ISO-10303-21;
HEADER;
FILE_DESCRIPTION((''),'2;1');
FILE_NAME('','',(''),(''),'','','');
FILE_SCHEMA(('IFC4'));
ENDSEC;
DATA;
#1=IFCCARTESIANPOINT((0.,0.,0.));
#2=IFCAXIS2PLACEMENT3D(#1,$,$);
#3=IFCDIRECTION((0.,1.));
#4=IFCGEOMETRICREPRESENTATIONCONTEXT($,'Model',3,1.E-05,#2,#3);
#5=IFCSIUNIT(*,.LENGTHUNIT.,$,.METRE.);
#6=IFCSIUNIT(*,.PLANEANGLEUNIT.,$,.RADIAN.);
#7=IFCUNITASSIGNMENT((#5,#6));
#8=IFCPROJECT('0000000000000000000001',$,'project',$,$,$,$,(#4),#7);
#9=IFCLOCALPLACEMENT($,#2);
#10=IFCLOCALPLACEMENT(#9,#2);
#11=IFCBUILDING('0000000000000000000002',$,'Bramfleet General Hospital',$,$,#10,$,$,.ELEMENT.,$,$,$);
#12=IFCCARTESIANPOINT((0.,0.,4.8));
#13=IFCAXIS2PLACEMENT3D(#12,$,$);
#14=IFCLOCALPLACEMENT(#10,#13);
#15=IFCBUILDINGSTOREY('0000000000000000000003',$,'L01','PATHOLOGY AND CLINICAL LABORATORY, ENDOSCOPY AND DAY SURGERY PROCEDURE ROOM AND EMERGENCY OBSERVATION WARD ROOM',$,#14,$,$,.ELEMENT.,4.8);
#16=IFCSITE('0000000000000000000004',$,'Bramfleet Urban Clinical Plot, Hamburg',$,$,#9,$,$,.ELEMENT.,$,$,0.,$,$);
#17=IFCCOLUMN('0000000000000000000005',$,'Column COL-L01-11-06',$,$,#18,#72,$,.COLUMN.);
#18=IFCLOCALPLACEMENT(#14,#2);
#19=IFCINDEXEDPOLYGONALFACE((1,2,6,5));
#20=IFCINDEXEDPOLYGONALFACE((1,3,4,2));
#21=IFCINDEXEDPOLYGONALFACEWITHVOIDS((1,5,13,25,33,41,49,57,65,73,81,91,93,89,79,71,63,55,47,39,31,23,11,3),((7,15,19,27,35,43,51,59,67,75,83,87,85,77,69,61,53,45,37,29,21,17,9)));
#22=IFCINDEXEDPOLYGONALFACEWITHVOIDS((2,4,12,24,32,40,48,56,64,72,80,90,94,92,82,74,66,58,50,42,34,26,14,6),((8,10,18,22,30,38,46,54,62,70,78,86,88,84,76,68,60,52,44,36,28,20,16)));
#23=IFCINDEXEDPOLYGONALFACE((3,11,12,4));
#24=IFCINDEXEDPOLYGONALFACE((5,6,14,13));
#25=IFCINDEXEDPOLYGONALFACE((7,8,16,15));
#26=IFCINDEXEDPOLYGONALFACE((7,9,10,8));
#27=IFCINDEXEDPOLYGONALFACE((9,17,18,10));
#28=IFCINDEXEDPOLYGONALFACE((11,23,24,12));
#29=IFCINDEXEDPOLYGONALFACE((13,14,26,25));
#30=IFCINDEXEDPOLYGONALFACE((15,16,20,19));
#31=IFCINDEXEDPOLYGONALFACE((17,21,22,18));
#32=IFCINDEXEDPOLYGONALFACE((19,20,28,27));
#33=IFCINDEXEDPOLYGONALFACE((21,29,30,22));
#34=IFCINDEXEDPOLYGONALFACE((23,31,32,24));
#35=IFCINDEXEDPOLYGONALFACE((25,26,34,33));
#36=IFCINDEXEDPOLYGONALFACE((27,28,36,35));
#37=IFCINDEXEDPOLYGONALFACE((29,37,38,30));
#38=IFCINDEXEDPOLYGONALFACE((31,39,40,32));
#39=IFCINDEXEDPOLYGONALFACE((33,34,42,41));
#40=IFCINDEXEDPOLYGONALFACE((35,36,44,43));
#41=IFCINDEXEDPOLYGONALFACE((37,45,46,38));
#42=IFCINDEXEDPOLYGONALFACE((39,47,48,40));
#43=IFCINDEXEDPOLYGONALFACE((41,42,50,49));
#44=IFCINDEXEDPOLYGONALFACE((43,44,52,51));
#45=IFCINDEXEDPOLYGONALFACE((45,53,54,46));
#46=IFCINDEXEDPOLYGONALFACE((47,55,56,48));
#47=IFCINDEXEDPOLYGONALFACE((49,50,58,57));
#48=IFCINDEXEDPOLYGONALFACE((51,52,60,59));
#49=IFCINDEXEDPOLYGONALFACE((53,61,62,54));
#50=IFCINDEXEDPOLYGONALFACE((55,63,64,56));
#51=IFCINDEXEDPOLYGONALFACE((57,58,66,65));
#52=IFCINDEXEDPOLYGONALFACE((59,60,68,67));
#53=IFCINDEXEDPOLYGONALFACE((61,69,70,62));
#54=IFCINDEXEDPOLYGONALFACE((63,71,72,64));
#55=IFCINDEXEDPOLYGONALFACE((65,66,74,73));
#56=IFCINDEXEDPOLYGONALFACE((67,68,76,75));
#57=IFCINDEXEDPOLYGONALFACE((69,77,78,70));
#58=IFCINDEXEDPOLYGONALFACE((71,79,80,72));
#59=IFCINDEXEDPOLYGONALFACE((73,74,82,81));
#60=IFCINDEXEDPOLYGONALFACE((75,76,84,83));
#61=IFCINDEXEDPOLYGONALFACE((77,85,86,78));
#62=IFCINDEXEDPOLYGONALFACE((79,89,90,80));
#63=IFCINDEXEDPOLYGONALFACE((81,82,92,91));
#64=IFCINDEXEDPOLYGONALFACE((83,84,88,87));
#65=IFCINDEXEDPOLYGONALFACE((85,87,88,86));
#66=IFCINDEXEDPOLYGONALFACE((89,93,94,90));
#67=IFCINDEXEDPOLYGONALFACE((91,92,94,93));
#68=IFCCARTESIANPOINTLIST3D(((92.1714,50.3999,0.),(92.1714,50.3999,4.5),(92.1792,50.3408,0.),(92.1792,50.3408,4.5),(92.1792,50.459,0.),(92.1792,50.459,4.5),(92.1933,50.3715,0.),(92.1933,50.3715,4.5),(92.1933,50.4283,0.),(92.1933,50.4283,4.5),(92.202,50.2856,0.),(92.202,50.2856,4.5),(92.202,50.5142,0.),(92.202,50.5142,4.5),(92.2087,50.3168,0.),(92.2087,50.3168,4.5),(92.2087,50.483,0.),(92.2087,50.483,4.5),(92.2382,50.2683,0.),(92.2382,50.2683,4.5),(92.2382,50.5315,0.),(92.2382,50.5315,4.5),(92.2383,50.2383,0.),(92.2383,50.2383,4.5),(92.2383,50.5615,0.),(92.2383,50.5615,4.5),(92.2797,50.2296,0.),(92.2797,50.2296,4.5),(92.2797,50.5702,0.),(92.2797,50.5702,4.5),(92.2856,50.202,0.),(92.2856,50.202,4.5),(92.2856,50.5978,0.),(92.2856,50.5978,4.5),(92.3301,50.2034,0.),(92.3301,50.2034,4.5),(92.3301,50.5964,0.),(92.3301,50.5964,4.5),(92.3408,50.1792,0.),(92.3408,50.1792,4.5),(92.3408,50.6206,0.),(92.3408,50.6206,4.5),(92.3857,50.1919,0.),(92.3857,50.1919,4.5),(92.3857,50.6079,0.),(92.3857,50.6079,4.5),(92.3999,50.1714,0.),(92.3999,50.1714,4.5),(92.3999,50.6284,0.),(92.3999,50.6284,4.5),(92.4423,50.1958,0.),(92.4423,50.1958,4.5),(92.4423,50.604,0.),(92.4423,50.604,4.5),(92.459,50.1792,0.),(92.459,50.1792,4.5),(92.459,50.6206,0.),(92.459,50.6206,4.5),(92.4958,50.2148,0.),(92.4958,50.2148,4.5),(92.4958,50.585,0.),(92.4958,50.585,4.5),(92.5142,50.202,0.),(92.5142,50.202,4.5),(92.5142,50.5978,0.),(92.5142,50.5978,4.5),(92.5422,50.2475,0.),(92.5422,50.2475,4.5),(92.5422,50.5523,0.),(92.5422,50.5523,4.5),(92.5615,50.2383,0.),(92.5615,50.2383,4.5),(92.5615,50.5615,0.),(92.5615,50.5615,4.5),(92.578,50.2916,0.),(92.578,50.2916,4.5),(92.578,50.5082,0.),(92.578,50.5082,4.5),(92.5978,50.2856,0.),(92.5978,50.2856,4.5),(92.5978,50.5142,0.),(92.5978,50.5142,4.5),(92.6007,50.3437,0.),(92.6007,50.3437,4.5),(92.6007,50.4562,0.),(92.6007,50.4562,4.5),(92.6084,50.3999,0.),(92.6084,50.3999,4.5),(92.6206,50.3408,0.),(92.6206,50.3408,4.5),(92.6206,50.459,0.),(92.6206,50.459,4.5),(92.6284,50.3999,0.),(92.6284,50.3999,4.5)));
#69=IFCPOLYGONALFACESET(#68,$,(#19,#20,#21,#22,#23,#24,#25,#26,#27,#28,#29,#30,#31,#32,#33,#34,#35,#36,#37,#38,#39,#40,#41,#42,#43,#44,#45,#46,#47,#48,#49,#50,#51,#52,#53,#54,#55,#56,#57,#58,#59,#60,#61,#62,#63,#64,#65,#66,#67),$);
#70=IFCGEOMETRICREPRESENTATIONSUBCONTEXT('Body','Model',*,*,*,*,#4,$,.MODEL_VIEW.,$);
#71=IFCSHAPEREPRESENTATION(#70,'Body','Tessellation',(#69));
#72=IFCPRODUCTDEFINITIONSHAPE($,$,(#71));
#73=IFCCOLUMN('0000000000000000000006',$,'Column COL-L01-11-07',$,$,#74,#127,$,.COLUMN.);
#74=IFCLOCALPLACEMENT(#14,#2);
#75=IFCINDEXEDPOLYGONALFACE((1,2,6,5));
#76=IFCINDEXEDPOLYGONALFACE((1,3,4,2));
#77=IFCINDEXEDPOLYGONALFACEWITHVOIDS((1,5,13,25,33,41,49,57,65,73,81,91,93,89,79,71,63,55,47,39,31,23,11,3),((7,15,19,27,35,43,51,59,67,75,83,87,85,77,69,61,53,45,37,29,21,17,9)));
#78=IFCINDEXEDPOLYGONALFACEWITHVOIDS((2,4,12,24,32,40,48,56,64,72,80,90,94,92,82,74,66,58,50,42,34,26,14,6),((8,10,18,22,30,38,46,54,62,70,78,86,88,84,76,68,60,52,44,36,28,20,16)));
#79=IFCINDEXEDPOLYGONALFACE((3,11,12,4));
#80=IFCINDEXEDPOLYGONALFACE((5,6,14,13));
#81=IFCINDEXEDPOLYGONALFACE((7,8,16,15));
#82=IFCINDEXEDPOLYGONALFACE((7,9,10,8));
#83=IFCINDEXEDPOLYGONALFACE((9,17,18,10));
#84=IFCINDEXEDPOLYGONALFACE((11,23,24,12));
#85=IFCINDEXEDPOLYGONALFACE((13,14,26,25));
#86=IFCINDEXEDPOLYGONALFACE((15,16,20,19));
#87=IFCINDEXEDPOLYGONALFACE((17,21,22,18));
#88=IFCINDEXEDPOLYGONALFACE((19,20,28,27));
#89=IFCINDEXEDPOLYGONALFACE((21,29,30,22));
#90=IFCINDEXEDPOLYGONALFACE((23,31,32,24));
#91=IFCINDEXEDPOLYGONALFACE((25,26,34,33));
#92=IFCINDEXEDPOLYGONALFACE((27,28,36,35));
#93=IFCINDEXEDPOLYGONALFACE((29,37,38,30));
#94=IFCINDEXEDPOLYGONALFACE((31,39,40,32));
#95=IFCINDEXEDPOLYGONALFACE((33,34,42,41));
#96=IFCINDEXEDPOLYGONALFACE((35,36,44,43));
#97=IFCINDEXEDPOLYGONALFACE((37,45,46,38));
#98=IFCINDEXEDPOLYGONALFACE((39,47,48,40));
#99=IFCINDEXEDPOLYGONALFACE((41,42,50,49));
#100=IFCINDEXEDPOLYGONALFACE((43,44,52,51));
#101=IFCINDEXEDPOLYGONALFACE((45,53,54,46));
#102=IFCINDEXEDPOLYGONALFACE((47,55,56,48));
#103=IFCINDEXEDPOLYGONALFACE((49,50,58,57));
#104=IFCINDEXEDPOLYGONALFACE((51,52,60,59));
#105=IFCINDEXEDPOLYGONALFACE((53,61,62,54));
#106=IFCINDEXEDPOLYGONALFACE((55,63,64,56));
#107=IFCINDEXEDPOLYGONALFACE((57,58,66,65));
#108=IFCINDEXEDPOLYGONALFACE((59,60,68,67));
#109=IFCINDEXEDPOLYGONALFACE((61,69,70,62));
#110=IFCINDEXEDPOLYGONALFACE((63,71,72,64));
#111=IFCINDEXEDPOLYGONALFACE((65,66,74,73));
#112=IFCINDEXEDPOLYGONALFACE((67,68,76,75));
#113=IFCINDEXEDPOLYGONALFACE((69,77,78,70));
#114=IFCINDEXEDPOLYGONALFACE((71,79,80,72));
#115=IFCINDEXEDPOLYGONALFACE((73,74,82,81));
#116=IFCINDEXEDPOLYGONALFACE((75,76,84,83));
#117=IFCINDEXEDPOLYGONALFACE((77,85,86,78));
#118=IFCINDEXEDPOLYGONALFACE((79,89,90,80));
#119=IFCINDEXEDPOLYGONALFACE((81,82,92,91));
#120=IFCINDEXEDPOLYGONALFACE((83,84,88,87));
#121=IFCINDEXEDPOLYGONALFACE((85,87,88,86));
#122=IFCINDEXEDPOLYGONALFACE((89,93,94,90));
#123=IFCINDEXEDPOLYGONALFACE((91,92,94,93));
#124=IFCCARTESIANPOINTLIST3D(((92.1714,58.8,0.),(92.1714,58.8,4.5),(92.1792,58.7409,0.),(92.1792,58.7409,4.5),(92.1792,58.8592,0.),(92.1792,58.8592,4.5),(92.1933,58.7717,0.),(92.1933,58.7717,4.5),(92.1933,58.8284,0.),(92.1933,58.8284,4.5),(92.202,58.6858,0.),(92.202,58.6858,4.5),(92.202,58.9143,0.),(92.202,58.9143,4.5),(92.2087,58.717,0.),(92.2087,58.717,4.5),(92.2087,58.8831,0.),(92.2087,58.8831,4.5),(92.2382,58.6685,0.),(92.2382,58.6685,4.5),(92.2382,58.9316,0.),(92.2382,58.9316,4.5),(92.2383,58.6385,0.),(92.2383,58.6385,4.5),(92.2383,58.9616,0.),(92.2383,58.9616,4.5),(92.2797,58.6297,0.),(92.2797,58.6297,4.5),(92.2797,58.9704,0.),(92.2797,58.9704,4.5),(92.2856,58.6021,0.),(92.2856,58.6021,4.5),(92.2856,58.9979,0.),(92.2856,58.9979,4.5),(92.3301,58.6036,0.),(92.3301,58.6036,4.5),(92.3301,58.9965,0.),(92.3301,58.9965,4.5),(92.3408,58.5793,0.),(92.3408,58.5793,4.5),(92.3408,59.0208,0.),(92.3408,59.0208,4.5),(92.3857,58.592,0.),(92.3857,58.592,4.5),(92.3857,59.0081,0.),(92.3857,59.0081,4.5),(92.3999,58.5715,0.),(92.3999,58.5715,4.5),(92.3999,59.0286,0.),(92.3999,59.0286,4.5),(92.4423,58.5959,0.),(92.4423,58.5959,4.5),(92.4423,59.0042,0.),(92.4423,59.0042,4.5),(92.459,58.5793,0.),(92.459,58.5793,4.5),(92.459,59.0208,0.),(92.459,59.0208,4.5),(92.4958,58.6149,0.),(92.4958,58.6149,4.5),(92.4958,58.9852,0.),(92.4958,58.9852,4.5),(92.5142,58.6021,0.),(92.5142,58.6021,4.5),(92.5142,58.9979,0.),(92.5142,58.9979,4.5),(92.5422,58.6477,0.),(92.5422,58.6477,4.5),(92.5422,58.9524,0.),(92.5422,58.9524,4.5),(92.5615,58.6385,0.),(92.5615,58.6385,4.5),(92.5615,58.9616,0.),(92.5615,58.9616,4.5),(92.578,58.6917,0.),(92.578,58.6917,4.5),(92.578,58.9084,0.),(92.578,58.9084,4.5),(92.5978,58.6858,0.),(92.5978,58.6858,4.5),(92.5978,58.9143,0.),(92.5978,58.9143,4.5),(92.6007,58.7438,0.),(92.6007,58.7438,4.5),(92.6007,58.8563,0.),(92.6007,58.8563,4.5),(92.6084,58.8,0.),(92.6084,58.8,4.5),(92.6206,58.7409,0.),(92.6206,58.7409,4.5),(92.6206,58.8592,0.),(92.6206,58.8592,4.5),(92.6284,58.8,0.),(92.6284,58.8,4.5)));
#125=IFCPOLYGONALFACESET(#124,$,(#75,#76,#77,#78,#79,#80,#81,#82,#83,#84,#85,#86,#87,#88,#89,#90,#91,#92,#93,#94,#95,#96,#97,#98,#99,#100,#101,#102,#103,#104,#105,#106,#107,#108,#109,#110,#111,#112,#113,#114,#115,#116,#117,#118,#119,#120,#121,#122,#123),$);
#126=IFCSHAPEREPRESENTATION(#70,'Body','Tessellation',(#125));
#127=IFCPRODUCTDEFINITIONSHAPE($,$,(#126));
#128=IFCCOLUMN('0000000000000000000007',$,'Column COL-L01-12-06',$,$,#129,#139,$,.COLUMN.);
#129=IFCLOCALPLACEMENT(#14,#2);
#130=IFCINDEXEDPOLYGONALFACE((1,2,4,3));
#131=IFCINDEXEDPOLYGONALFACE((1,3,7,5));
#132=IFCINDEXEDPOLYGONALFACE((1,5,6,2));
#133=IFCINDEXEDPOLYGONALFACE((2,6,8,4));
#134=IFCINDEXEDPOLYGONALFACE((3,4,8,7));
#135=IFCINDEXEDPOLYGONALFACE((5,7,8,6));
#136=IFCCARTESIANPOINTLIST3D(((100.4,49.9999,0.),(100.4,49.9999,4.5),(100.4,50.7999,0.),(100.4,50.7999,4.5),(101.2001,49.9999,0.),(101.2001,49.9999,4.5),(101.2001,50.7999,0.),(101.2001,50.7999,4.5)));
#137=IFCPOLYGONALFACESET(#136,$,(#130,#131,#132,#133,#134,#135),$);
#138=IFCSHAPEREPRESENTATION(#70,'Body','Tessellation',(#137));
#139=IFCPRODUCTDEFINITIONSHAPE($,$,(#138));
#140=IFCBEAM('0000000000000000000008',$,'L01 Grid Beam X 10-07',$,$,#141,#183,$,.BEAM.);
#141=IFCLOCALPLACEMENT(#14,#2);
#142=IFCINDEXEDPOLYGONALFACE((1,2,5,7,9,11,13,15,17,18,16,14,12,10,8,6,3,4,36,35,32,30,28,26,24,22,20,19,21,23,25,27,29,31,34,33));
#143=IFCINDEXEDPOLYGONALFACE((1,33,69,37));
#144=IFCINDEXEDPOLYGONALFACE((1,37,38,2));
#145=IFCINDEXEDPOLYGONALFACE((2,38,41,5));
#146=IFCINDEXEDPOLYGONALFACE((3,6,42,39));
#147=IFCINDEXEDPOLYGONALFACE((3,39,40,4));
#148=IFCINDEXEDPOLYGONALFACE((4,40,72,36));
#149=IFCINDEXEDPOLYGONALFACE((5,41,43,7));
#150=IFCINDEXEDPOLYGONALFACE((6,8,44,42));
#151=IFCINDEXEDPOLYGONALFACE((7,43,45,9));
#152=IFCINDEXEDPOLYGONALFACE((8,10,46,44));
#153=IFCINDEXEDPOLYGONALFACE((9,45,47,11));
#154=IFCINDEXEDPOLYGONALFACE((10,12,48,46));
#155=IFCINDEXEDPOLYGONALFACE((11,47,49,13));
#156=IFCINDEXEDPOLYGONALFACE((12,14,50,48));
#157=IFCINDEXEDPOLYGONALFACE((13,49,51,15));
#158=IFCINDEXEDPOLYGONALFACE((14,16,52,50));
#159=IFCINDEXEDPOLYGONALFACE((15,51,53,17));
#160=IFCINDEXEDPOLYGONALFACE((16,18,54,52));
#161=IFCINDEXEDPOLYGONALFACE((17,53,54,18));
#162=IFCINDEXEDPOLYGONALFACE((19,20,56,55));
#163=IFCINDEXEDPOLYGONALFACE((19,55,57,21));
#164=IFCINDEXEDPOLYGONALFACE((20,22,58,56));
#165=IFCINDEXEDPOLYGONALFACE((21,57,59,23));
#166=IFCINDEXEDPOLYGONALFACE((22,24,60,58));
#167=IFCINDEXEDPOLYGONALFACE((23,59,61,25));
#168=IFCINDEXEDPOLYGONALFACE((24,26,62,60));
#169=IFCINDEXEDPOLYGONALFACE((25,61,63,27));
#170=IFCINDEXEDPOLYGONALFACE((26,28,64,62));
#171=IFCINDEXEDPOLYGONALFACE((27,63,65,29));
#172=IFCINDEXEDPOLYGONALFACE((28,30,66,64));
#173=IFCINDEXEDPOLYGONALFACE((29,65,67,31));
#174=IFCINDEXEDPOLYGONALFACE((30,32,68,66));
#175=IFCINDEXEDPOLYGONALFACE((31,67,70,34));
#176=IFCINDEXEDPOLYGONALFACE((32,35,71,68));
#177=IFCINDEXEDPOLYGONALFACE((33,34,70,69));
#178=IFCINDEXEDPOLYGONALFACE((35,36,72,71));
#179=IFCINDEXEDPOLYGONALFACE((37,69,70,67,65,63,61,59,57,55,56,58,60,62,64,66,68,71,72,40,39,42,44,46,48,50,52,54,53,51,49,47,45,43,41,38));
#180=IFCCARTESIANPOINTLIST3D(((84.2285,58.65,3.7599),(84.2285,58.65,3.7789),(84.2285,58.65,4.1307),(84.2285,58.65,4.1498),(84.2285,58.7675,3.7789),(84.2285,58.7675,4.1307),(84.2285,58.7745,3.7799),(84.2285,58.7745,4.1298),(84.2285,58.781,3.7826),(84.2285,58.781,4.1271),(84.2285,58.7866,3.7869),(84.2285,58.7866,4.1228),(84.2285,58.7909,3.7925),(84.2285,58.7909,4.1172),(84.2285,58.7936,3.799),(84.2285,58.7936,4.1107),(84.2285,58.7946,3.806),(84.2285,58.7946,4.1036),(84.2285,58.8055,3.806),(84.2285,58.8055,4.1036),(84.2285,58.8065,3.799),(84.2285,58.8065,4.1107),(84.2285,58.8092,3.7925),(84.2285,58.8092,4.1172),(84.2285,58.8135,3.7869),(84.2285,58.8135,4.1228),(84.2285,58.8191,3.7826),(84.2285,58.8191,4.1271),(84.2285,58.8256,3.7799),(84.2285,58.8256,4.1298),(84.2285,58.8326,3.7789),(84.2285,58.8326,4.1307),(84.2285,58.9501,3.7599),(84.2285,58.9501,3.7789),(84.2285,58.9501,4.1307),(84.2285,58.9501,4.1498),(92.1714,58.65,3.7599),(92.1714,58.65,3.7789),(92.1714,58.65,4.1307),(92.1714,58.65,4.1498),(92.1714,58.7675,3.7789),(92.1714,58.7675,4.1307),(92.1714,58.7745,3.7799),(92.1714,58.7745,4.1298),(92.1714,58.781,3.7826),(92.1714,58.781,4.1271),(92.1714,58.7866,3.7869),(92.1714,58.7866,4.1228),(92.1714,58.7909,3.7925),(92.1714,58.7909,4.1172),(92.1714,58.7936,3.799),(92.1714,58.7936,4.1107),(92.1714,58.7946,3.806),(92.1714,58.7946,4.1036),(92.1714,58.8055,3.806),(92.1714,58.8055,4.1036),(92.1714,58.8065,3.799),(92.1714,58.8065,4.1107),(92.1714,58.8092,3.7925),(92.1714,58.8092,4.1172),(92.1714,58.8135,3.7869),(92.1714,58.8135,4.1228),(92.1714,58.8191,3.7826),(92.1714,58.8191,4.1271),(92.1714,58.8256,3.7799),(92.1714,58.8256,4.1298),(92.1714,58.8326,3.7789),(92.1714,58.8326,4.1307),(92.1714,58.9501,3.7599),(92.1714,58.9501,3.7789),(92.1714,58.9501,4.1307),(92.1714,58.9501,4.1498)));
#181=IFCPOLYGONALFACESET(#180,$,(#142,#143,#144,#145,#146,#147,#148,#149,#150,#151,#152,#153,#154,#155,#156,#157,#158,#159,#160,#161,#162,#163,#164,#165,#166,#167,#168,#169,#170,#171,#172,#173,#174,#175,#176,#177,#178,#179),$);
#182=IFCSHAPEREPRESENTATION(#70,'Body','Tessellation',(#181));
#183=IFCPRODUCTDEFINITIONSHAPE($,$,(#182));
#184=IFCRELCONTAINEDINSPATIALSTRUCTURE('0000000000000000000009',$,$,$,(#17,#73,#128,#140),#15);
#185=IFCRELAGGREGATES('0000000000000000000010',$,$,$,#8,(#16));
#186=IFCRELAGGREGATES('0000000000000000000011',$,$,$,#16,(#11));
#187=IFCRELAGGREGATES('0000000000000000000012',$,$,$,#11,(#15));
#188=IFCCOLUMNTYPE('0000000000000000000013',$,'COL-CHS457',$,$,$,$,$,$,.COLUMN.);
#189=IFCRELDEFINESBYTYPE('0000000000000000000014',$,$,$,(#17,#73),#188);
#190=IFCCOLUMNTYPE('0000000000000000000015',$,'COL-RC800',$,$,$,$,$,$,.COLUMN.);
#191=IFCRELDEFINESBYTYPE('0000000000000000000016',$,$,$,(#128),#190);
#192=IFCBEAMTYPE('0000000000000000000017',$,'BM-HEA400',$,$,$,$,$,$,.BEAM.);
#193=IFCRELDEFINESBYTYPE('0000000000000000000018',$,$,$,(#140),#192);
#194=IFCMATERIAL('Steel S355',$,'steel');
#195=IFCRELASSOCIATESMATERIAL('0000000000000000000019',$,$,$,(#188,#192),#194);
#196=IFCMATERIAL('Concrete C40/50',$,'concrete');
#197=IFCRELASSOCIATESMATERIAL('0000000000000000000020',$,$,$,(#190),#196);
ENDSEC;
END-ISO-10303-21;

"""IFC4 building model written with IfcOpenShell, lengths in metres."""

from ifc_helpers import new_model, si_unit, direction, frame, origin, origin_2d, place, context, subcontext, project, spatial, rectangle, hollow_circle, i_section, extrude, material, material_profile, profile_set, type_object, element, save


model = new_model("IFC4")

# Units and contexts
model_context = context("Model", 3, precision=1e-05, world=origin(), true_north=direction((0.0, 1.0)))
body_context = subcontext(model_context, "Body", "Model", "MODEL_VIEW")
ifc_project = project(units=[si_unit("LENGTHUNIT", "METRE"), si_unit("PLANEANGLEUNIT", "RADIAN")], contexts=[model_context])

# Site, building, storey
site_placement = place(None, origin())
site = spatial("IfcSite", under=ifc_project, at=site_placement, Name="Bramfleet Urban Clinical Plot, Hamburg", CompositionType="ELEMENT", RefElevation=0.0)
building_placement = place(site_placement, origin())
building = spatial("IfcBuilding", under=site, at=building_placement, Name="Bramfleet General Hospital", CompositionType="ELEMENT")
storey_placement = place(building_placement, frame((0.0, 0.0, 4.8)))
storey = spatial("IfcBuildingStorey", under=building, at=storey_placement, Name="L01", Description="PATHOLOGY AND CLINICAL LABORATORY, ENDOSCOPY AND DAY SURGERY PROCEDURE ROOM AND EMERGENCY OBSERVATION WARD ROOM", CompositionType="ELEMENT", Elevation=4.8)

# Columns
ifc_material_1 = material(Name="Steel S355", Category="steel")
ifc_material_profile_1 = material_profile(ifc_material_1, hollow_circle(Radius=0.2285, WallThickness=0.02, at=origin_2d()), Name="CHS 457.0x20.0")
ifc_profile_set_1 = profile_set([ifc_material_profile_1], Name="Steel S355")
column_type_1 = type_object("IfcColumnType", Name="COL-CHS457", PredefinedType="COLUMN", material=ifc_profile_set_1)
for number, where, z_axis, x_axis, name in (
    (1, (92.3999, 50.3999, 0.0), (0.0, 0.0, 1.0), (1.0, 0.0, 0.0), "Column COL-L01-11-06"),
    (2, (92.3999, 58.8, 0.0), (0.0, 0.0, 1.0), (1.0, 0.0, 0.0), "Column COL-L01-11-07"),
):
    element("IfcColumn", number, at=place(storey_placement, frame(where, z_axis=z_axis, x_axis=x_axis)), inside=storey, type_object=column_type_1, Name=name, PredefinedType="COLUMN", context=body_context, shape_type="SweptSolid", body=[
        extrude(hollow_circle(Radius=0.2285, WallThickness=0.02, at=origin_2d()), origin(), (0.0, 0.0, 1.0), 4.5),
    ])
ifc_material_2 = material(Name="Concrete C40/50", Category="concrete")
ifc_material_profile_2 = material_profile(ifc_material_2, rectangle(XDim=0.8, YDim=0.8, at=origin_2d()), Name="RC COL 800x800")
ifc_profile_set_2 = profile_set([ifc_material_profile_2], Name="Concrete C40/50")
column_type_2 = type_object("IfcColumnType", Name="COL-RC800", PredefinedType="COLUMN", material=ifc_profile_set_2)
column_placement = place(storey_placement, frame((100.8, 50.3999, 0.0), z_axis=(0.0, 0.0, 1.0), x_axis=(1.0, 0.0, 0.0)))
element("IfcColumn", 3, at=column_placement, inside=storey, type_object=column_type_2, Name="Column COL-L01-12-06", PredefinedType="COLUMN", context=body_context, shape_type="SweptSolid", body=[
    extrude(rectangle(XDim=0.8, YDim=0.8, at=origin_2d()), origin(), (0.0, 0.0, 1.0), 4.5),
])

# Beam
ifc_material_profile_3 = material_profile(ifc_material_1, i_section(OverallWidth=0.3, OverallDepth=0.3899, WebThickness=0.011, FlangeThickness=0.019, FilletRadius=0.0271, at=origin_2d()), Name="HEA 400")
ifc_profile_set_3 = profile_set([ifc_material_profile_3], Name="Steel S355")
beam_type_1 = type_object("IfcBeamType", Name="BM-HEA400", PredefinedType="BEAM", material=ifc_profile_set_3)
beam_1_placement = place(storey_placement, frame((84.2285, 58.8, 3.9548), z_axis=(1.0, 0.0, 0.0), x_axis=(0.0, 1.0, 0.0)))
element("IfcBeam", 4, at=beam_1_placement, inside=storey, type_object=beam_type_1, Name="L01 Grid Beam X 10-07", PredefinedType="BEAM", context=body_context, shape_type="SweptSolid", body=[
    extrude(i_section(OverallWidth=0.3, OverallDepth=0.3899, WebThickness=0.011, FlangeThickness=0.019, FilletRadius=0.0271, at=origin_2d()), origin(), (0.0, 0.0, 1.0), 7.9429),
])

save(model, "model.ifc")
